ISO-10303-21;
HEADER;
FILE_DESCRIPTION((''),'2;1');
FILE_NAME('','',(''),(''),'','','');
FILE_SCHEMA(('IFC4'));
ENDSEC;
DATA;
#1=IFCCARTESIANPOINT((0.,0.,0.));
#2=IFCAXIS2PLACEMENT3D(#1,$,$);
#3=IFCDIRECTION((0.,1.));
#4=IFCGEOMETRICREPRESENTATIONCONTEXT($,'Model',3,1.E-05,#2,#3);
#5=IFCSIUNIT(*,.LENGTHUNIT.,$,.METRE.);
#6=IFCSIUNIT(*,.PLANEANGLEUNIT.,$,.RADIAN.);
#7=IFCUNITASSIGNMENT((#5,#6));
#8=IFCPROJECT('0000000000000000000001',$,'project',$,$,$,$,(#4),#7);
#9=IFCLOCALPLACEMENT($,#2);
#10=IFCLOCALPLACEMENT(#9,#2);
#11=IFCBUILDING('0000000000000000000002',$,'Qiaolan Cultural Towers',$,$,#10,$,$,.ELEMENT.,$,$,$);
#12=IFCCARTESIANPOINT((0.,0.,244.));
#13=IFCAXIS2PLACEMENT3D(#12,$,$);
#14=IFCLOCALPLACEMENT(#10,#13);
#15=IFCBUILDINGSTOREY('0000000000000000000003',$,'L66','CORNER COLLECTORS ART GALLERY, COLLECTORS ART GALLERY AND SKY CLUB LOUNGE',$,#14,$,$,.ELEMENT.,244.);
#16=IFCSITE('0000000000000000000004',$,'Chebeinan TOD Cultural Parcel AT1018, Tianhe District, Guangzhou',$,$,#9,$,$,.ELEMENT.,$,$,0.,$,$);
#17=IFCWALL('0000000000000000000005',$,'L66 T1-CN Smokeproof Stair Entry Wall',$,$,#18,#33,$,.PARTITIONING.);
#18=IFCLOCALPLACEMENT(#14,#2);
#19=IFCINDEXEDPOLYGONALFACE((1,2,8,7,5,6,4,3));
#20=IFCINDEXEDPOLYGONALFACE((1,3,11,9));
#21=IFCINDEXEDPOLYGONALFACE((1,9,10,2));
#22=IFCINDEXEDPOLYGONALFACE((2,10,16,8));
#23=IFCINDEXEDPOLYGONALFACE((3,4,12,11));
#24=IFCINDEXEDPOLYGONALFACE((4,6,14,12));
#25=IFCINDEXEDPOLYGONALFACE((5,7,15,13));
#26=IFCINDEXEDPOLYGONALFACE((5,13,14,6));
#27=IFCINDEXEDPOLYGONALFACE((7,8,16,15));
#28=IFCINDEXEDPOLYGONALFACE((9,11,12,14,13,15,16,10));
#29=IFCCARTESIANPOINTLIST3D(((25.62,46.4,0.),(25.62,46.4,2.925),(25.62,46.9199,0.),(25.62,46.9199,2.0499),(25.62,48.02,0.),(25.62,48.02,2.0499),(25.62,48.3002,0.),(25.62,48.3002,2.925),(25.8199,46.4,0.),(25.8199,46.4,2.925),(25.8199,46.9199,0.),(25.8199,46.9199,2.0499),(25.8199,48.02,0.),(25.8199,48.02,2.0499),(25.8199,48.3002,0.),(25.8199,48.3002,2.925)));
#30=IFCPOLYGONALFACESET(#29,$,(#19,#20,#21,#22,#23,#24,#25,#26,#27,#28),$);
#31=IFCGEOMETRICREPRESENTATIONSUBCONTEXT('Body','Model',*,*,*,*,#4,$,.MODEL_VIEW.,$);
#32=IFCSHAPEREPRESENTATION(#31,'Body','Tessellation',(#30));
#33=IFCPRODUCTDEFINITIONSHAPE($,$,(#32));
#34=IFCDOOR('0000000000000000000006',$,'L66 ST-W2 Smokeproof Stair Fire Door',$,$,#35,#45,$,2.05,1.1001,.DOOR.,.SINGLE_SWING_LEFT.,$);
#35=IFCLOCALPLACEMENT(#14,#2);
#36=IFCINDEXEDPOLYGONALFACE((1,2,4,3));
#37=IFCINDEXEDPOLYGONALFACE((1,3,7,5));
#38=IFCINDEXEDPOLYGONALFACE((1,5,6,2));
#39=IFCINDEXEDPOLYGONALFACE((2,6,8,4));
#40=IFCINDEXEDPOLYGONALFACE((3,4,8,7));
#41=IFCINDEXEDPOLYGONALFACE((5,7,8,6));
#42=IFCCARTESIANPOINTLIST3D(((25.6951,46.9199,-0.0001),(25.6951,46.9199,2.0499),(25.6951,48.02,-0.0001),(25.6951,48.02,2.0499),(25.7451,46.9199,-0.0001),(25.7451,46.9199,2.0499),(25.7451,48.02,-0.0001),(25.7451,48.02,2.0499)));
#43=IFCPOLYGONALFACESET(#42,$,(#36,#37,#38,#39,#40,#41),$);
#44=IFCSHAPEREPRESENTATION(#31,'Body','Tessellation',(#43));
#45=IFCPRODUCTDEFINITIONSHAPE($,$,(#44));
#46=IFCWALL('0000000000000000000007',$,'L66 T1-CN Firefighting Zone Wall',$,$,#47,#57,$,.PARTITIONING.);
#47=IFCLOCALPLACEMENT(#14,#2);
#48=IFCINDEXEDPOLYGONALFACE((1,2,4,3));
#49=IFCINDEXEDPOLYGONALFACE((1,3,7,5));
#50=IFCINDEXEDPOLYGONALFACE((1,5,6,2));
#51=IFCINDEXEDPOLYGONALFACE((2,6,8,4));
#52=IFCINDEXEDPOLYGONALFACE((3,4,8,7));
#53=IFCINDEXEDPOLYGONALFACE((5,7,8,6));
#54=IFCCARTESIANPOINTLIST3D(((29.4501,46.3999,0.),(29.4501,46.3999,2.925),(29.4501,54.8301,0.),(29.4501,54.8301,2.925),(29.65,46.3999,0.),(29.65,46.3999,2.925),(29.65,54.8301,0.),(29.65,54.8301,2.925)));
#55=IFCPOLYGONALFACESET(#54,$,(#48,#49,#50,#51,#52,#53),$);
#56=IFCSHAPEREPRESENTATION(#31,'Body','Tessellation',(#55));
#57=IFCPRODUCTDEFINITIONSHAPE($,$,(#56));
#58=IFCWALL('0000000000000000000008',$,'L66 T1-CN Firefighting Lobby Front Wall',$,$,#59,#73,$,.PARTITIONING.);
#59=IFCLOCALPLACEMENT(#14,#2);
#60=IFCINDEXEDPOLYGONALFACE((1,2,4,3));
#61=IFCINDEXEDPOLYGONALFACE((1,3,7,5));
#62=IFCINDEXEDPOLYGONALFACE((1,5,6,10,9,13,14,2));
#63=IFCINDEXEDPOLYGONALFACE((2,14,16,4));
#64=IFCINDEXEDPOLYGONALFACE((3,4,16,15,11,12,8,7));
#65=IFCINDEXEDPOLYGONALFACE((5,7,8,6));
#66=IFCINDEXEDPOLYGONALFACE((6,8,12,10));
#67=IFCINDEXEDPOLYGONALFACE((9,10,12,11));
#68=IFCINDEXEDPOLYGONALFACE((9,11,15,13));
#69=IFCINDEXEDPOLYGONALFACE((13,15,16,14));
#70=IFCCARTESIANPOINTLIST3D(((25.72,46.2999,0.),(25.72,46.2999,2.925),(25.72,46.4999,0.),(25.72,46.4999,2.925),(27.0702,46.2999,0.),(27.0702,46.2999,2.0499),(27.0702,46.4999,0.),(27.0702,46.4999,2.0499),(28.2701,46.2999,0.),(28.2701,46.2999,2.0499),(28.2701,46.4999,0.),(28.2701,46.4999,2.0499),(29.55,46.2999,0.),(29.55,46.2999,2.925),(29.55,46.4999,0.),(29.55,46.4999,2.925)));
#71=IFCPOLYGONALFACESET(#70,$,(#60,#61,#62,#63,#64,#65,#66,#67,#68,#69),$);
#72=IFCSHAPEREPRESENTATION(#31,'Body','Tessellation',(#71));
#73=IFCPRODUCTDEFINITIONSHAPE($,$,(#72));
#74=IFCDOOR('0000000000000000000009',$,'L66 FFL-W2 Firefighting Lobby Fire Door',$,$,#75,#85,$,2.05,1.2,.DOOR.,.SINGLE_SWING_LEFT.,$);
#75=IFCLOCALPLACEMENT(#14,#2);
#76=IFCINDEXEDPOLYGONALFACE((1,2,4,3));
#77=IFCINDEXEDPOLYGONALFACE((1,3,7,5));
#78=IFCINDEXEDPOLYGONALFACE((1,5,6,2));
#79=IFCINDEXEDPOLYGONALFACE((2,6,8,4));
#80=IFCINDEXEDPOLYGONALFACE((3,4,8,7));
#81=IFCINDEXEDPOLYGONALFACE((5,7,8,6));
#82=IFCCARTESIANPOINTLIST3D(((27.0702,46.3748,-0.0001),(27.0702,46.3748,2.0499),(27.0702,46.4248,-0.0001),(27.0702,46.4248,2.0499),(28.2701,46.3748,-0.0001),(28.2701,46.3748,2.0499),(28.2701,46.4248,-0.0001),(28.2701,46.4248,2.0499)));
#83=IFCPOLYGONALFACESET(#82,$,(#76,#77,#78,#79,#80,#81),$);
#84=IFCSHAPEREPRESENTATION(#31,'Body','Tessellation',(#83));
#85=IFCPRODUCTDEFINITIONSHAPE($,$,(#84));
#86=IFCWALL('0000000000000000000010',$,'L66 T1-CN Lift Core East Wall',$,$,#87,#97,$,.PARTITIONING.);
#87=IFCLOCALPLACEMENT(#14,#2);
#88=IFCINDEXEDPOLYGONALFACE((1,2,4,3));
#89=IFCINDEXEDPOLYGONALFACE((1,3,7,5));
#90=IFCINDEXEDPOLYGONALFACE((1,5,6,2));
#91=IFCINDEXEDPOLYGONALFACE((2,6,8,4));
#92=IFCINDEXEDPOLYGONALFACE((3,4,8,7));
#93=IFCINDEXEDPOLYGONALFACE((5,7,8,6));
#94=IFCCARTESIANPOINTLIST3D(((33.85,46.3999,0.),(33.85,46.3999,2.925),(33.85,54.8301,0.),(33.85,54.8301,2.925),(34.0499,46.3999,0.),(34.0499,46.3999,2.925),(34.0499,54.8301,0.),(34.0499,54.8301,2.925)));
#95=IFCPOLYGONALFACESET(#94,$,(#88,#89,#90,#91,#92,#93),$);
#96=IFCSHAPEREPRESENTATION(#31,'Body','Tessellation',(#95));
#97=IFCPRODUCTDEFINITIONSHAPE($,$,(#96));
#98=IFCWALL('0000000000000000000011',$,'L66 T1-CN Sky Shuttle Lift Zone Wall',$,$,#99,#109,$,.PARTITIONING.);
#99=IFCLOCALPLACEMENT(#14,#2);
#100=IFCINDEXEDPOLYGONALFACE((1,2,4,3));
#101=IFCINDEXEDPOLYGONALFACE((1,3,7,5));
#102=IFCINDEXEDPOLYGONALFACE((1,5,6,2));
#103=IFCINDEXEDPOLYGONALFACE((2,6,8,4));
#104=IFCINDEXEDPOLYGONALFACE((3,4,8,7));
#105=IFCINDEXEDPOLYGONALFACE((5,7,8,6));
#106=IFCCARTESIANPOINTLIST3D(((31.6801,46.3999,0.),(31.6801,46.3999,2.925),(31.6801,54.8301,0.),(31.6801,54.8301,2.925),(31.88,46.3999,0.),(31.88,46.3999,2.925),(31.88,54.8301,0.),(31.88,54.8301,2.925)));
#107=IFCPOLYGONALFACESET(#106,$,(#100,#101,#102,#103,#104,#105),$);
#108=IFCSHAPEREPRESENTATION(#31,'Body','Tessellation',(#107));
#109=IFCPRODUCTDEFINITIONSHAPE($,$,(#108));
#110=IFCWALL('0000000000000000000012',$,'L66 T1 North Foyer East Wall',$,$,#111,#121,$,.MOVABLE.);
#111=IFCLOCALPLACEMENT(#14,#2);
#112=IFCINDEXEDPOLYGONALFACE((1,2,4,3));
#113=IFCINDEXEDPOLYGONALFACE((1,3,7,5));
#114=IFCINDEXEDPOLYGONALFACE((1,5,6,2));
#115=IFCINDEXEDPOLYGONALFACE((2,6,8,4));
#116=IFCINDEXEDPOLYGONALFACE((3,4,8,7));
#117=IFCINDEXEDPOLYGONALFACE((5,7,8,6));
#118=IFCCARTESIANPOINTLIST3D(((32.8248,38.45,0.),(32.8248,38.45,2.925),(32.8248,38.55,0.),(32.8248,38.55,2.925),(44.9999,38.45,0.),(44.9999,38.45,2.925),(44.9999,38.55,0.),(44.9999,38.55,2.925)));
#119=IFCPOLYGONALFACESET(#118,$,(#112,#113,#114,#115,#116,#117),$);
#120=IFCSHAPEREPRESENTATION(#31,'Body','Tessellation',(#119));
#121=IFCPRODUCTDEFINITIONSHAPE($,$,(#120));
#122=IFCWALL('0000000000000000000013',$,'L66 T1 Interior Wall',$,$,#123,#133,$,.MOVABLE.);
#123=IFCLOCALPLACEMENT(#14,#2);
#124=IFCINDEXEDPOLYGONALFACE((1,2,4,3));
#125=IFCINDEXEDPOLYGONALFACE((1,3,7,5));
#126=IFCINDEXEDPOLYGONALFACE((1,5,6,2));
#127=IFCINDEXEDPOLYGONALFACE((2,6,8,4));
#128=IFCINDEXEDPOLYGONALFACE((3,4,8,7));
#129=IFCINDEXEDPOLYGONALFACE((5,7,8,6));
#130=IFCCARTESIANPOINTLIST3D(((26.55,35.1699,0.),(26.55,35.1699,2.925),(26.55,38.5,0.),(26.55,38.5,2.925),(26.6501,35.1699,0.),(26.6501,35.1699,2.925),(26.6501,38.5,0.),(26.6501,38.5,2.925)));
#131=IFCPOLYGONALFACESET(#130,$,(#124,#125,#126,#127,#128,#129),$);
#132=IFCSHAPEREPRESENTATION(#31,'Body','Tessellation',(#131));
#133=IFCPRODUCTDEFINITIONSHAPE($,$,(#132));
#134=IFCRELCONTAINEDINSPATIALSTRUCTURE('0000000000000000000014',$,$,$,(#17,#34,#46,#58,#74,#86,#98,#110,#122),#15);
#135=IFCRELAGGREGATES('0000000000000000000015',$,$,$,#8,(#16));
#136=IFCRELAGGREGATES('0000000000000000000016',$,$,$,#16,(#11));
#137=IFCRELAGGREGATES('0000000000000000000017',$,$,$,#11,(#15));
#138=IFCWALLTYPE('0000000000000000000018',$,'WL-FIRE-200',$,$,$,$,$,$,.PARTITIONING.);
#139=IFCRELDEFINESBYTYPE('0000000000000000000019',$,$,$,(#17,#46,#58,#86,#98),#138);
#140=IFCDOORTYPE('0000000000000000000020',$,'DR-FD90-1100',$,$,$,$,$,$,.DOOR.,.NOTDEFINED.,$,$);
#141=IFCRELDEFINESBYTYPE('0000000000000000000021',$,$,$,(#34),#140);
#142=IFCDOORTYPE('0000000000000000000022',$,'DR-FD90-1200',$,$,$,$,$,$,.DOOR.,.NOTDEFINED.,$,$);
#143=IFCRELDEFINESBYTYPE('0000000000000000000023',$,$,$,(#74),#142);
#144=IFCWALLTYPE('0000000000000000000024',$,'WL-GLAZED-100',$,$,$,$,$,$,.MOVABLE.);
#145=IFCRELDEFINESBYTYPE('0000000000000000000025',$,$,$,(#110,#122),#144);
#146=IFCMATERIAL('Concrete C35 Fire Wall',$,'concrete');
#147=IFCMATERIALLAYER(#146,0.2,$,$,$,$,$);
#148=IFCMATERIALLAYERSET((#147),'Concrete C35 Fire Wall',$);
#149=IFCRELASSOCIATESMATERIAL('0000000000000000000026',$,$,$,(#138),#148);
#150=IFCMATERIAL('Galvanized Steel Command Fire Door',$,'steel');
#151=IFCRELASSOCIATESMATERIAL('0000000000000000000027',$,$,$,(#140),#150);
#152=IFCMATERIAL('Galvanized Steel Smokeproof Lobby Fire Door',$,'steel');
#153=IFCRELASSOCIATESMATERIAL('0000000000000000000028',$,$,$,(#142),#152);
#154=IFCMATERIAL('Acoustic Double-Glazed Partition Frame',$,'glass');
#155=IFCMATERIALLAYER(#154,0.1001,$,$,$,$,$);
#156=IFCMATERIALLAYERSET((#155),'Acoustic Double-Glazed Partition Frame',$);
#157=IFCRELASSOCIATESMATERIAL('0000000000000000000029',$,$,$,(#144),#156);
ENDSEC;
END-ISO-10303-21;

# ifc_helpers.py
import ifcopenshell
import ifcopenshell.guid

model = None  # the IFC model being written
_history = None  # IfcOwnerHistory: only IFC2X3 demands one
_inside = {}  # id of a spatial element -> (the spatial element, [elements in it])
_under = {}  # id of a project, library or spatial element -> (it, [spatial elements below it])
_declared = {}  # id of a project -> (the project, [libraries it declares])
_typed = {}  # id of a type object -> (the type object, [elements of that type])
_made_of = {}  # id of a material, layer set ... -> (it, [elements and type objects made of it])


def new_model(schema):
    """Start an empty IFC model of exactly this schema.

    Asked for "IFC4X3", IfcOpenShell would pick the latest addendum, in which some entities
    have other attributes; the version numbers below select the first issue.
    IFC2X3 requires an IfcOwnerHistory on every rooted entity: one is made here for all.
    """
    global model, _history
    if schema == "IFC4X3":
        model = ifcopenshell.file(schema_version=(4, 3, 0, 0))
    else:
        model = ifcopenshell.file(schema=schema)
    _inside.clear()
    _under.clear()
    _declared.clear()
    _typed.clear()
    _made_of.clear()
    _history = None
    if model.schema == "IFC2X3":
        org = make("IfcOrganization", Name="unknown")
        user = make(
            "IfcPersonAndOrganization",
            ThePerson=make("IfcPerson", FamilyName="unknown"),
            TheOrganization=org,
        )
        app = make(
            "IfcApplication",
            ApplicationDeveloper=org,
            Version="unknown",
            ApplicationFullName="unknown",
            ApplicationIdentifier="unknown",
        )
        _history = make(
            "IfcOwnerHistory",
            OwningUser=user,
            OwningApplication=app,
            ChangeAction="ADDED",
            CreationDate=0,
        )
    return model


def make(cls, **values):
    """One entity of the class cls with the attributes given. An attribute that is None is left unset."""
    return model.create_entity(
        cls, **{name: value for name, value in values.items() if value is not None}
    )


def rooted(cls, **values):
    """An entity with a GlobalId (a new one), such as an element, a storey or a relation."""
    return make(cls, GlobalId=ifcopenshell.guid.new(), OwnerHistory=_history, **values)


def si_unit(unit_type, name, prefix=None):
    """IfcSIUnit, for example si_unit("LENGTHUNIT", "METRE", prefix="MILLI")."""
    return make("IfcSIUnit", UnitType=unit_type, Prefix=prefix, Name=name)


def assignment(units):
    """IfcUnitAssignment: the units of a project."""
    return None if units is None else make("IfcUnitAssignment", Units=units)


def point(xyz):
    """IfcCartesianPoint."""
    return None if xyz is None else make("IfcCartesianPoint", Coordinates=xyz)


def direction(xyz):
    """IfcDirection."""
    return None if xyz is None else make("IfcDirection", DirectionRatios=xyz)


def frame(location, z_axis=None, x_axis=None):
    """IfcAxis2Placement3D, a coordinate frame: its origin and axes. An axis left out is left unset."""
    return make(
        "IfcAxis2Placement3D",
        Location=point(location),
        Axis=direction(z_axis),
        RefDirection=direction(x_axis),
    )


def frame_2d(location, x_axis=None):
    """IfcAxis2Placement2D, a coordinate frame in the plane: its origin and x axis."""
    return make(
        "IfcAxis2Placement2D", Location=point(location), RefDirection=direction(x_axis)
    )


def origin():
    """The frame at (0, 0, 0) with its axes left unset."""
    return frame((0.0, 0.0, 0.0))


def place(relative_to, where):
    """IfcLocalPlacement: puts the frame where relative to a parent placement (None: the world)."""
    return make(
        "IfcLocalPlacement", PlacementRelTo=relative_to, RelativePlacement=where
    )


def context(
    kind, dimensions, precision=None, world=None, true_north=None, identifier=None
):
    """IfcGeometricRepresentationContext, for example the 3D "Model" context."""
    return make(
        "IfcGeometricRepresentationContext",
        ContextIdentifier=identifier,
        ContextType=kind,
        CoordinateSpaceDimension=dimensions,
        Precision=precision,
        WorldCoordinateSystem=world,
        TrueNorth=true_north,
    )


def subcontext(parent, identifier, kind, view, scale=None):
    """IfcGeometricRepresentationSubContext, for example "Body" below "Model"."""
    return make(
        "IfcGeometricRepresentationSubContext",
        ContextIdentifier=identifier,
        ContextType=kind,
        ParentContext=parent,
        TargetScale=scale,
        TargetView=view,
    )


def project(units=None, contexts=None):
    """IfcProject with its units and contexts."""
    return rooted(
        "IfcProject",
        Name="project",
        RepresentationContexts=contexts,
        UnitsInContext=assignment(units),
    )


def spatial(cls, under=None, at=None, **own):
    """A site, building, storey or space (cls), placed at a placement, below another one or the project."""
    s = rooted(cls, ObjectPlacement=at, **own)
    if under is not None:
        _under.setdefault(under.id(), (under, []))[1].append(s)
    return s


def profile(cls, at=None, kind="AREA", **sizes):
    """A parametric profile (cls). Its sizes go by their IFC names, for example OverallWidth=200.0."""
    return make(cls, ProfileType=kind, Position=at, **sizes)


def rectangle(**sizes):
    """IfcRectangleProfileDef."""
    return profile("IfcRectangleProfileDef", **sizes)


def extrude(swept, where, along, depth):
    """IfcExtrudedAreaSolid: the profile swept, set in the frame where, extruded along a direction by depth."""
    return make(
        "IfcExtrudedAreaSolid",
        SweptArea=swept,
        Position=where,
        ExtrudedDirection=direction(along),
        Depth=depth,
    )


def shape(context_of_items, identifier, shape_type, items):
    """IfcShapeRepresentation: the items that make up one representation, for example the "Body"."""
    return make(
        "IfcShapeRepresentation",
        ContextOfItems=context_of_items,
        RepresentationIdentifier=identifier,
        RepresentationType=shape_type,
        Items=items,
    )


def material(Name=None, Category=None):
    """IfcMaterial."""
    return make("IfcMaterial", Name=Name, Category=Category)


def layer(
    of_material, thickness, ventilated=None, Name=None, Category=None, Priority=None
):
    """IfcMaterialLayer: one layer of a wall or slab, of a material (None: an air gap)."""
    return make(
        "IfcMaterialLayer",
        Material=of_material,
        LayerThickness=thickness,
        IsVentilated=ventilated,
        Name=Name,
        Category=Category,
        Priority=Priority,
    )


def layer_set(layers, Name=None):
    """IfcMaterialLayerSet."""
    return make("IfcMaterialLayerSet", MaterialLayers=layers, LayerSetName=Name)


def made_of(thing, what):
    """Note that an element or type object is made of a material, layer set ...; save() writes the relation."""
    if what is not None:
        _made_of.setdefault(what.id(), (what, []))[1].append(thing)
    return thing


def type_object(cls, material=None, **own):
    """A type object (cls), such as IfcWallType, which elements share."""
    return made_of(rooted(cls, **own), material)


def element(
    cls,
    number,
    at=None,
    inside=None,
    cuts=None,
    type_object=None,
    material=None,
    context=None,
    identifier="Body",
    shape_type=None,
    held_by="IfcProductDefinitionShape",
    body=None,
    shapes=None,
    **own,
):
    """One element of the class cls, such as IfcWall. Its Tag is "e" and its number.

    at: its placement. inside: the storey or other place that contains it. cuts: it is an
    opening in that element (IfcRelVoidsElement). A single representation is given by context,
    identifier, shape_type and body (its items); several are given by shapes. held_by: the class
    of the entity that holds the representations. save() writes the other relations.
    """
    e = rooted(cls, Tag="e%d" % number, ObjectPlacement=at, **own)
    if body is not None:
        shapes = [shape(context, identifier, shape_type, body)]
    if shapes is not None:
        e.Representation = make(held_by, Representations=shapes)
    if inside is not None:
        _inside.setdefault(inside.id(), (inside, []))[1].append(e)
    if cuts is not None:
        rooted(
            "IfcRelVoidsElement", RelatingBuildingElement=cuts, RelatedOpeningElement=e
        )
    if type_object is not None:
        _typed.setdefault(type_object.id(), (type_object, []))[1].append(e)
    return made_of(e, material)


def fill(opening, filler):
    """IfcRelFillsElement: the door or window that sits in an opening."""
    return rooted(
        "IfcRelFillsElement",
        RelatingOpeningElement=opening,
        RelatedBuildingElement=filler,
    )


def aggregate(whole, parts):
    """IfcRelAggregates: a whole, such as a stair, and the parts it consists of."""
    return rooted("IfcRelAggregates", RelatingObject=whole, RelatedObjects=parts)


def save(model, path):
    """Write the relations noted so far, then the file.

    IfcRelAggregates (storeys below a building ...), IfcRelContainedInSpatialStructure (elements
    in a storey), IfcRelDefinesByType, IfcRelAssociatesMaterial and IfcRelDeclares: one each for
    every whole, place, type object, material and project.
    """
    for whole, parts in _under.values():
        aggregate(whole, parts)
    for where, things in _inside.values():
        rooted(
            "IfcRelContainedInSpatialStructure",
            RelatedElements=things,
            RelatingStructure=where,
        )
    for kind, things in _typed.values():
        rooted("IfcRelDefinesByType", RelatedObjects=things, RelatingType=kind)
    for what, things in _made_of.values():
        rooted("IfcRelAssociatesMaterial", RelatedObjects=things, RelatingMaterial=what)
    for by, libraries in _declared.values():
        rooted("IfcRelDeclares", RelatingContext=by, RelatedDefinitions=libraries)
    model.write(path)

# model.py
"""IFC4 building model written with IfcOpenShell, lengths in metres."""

from ifc_helpers import new_model, si_unit, direction, frame, frame_2d, origin, place, context, subcontext, project, spatial, rectangle, extrude, material, layer, layer_set, type_object, element, fill, save


model = new_model("IFC4")

# Units and contexts
model_context = context("Model", 3, precision=1e-05, world=origin(), true_north=direction((0.0, 1.0)))
body_context = subcontext(model_context, "Body", "Model", "MODEL_VIEW")
ifc_project = project(units=[si_unit("LENGTHUNIT", "METRE"), si_unit("PLANEANGLEUNIT", "RADIAN")], contexts=[model_context])

# Site, building, storey
site_placement = place(None, origin())
site = spatial("IfcSite", under=ifc_project, at=site_placement, Name="Chebeinan TOD Cultural Parcel AT1018, Tianhe District, Guangzhou", CompositionType="ELEMENT", RefElevation=0.0)
building_placement = place(site_placement, origin())
building = spatial("IfcBuilding", under=site, at=building_placement, Name="Qiaolan Cultural Towers", CompositionType="ELEMENT")
storey_placement = place(building_placement, frame((0.0, 0.0, 244.0)))
storey = spatial("IfcBuildingStorey", under=building, at=storey_placement, Name="L66", Description="CORNER COLLECTORS ART GALLERY, COLLECTORS ART GALLERY AND SKY CLUB LOUNGE", CompositionType="ELEMENT", Elevation=244.0)

# Wall, opening, door
ifc_material_1 = material(Name="Concrete C35 Fire Wall", Category="concrete")
ifc_layer_1 = layer(ifc_material_1, 0.2)
ifc_layer_set_1 = layer_set([ifc_layer_1], Name="Concrete C35 Fire Wall")
wall_type_1 = type_object("IfcWallType", Name="WL-FIRE-200", PredefinedType="PARTITIONING", material=ifc_layer_set_1)
wall_1_placement = place(storey_placement, frame((25.72, 46.3999, 0.0), z_axis=(0.0, 0.0, 1.0), x_axis=(0.0, 1.0, 0.0)))
wall_1 = element("IfcWall", 1, at=wall_1_placement, inside=storey, type_object=wall_type_1, Name="L66 T1-CN Smokeproof Stair Entry Wall", PredefinedType="PARTITIONING", context=body_context, shape_type="SweptSolid", body=[
    extrude(rectangle(XDim=1.9001, YDim=0.2, at=frame_2d((0.9502, 0.0))), origin(), (0.0, 0.0, 1.0), 2.925),
])
opening_1_placement = place(wall_1_placement, frame((0.52, 0.0, 0.0)))
opening_1 = element("IfcOpeningElement", 2, at=opening_1_placement, cuts=wall_1, PredefinedType="OPENING", context=body_context, shape_type="SweptSolid", body=[
    extrude(rectangle(XDim=1.1001, YDim=2.05, at=frame_2d((0.55, 1.0249))), frame((0.0, 0.1099, 0.0), z_axis=(0.0, -1.0, 0.0), x_axis=(1.0, 0.0, 0.0)), (0.0, 0.0, 1.0), 0.22),
])
ifc_material_2 = material(Name="Galvanized Steel Command Fire Door", Category="steel")
door_type_1 = type_object("IfcDoorType", Name="DR-FD90-1100", OperationType="NOTDEFINED", PredefinedType="DOOR", material=ifc_material_2)
door_1_placement = place(opening_1_placement, origin())
door_1 = element("IfcDoor", 3, at=door_1_placement, inside=storey, type_object=door_type_1, Name="L66 ST-W2 Smokeproof Stair Fire Door", OperationType="SINGLE_SWING_LEFT", OverallHeight=2.05, OverallWidth=1.1001, PredefinedType="DOOR", context=body_context, shape_type="SweptSolid", body=[
    extrude(rectangle(XDim=1.1001, YDim=2.05, at=frame_2d((0.55, 1.0249))), frame((0.0, 0.0249, 0.0), z_axis=(0.0, -1.0, 0.0), x_axis=(1.0, 0.0, 0.0)), (0.0, 0.0, 1.0), 0.05),
])
fill(opening_1, door_1)

# Wall
wall_2_placement = place(storey_placement, frame((29.55, 46.3999, 0.0), z_axis=(0.0, 0.0, 1.0), x_axis=(0.0, 1.0, 0.0)))
element("IfcWall", 4, at=wall_2_placement, inside=storey, type_object=wall_type_1, Name="L66 T1-CN Firefighting Zone Wall", PredefinedType="PARTITIONING", context=body_context, shape_type="SweptSolid", body=[
    extrude(rectangle(XDim=8.4302, YDim=0.2, at=frame_2d((4.2151, 0.0))), origin(), (0.0, 0.0, 1.0), 2.925),
])

# Wall, opening, door
wall_3_placement = place(storey_placement, frame((25.72, 46.3999, 0.0), z_axis=(0.0, 0.0, 1.0), x_axis=(1.0, 0.0, 0.0)))
wall_3 = element("IfcWall", 5, at=wall_3_placement, inside=storey, type_object=wall_type_1, Name="L66 T1-CN Firefighting Lobby Front Wall", PredefinedType="PARTITIONING", context=body_context, shape_type="SweptSolid", body=[
    extrude(rectangle(XDim=3.8301, YDim=0.2, at=frame_2d((1.915, 0.0))), origin(), (0.0, 0.0, 1.0), 2.925),
])
opening_2_placement = place(wall_3_placement, frame((1.3501, 0.0, 0.0)))
opening_2 = element("IfcOpeningElement", 6, at=opening_2_placement, cuts=wall_3, PredefinedType="OPENING", context=body_context, shape_type="SweptSolid", body=[
    extrude(rectangle(XDim=1.2, YDim=2.05, at=frame_2d((0.6001, 1.0249))), frame((0.0, 0.1099, 0.0), z_axis=(0.0, -1.0, 0.0), x_axis=(1.0, 0.0, 0.0)), (0.0, 0.0, 1.0), 0.22),
])
ifc_material_3 = material(Name="Galvanized Steel Smokeproof Lobby Fire Door", Category="steel")
door_type_2 = type_object("IfcDoorType", Name="DR-FD90-1200", OperationType="NOTDEFINED", PredefinedType="DOOR", material=ifc_material_3)
door_2_placement = place(opening_2_placement, origin())
door_2 = element("IfcDoor", 7, at=door_2_placement, inside=storey, type_object=door_type_2, Name="L66 FFL-W2 Firefighting Lobby Fire Door", OperationType="SINGLE_SWING_LEFT", OverallHeight=2.05, OverallWidth=1.2, PredefinedType="DOOR", context=body_context, shape_type="SweptSolid", body=[
    extrude(rectangle(XDim=1.2, YDim=2.05, at=frame_2d((0.6001, 1.0249))), frame((0.0, 0.0249, 0.0), z_axis=(0.0, -1.0, 0.0), x_axis=(1.0, 0.0, 0.0)), (0.0, 0.0, 1.0), 0.05),
])
fill(opening_2, door_2)

# Walls
for number, where, z_axis, x_axis, name in (
    (8, (33.95, 46.3999, 0.0), (0.0, 0.0, 1.0), (0.0, 1.0, 0.0), "L66 T1-CN Lift Core East Wall"),
    (9, (31.78, 46.3999, 0.0), (0.0, 0.0, 1.0), (0.0, 1.0, 0.0), "L66 T1-CN Sky Shuttle Lift Zone Wall"),
):
    element("IfcWall", number, at=place(storey_placement, frame(where, z_axis=z_axis, x_axis=x_axis)), inside=storey, type_object=wall_type_1, Name=name, PredefinedType="PARTITIONING", context=body_context, shape_type="SweptSolid", body=[
        extrude(rectangle(XDim=8.4302, YDim=0.2, at=frame_2d((4.2151, 0.0))), origin(), (0.0, 0.0, 1.0), 2.925),
    ])
ifc_material_4 = material(Name="Acoustic Double-Glazed Partition Frame", Category="glass")
ifc_layer_2 = layer(ifc_material_4, 0.1001)
ifc_layer_set_2 = layer_set([ifc_layer_2], Name="Acoustic Double-Glazed Partition Frame")
wall_type_2 = type_object("IfcWallType", Name="WL-GLAZED-100", PredefinedType="MOVABLE", material=ifc_layer_set_2)
wall_4_placement = place(storey_placement, frame((32.825, 38.5, 0.0), z_axis=(0.0, 0.0, 1.0), x_axis=(1.0, 0.0, 0.0)))
element("IfcWall", 10, at=wall_4_placement, inside=storey, type_object=wall_type_2, Name="L66 T1 North Foyer East Wall", PredefinedType="MOVABLE", context=body_context, shape_type="SweptSolid", body=[
    extrude(rectangle(XDim=12.175, YDim=0.1001, at=frame_2d((6.0874, 0.0))), origin(), (0.0, 0.0, 1.0), 2.925),
])
wall_5_placement = place(storey_placement, frame((26.6001, 35.1699, 0.0), z_axis=(0.0, 0.0, 1.0), x_axis=(0.0, 1.0, 0.0)))
element("IfcWall", 11, at=wall_5_placement, inside=storey, type_object=wall_type_2, Name="L66 T1 Interior Wall", PredefinedType="MOVABLE", context=body_context, shape_type="SweptSolid", body=[
    extrude(rectangle(XDim=3.3301, YDim=0.1001, at=frame_2d((1.665, 0.0))), origin(), (0.0, 0.0, 1.0), 2.925),
])

save(model, "model.ifc")
